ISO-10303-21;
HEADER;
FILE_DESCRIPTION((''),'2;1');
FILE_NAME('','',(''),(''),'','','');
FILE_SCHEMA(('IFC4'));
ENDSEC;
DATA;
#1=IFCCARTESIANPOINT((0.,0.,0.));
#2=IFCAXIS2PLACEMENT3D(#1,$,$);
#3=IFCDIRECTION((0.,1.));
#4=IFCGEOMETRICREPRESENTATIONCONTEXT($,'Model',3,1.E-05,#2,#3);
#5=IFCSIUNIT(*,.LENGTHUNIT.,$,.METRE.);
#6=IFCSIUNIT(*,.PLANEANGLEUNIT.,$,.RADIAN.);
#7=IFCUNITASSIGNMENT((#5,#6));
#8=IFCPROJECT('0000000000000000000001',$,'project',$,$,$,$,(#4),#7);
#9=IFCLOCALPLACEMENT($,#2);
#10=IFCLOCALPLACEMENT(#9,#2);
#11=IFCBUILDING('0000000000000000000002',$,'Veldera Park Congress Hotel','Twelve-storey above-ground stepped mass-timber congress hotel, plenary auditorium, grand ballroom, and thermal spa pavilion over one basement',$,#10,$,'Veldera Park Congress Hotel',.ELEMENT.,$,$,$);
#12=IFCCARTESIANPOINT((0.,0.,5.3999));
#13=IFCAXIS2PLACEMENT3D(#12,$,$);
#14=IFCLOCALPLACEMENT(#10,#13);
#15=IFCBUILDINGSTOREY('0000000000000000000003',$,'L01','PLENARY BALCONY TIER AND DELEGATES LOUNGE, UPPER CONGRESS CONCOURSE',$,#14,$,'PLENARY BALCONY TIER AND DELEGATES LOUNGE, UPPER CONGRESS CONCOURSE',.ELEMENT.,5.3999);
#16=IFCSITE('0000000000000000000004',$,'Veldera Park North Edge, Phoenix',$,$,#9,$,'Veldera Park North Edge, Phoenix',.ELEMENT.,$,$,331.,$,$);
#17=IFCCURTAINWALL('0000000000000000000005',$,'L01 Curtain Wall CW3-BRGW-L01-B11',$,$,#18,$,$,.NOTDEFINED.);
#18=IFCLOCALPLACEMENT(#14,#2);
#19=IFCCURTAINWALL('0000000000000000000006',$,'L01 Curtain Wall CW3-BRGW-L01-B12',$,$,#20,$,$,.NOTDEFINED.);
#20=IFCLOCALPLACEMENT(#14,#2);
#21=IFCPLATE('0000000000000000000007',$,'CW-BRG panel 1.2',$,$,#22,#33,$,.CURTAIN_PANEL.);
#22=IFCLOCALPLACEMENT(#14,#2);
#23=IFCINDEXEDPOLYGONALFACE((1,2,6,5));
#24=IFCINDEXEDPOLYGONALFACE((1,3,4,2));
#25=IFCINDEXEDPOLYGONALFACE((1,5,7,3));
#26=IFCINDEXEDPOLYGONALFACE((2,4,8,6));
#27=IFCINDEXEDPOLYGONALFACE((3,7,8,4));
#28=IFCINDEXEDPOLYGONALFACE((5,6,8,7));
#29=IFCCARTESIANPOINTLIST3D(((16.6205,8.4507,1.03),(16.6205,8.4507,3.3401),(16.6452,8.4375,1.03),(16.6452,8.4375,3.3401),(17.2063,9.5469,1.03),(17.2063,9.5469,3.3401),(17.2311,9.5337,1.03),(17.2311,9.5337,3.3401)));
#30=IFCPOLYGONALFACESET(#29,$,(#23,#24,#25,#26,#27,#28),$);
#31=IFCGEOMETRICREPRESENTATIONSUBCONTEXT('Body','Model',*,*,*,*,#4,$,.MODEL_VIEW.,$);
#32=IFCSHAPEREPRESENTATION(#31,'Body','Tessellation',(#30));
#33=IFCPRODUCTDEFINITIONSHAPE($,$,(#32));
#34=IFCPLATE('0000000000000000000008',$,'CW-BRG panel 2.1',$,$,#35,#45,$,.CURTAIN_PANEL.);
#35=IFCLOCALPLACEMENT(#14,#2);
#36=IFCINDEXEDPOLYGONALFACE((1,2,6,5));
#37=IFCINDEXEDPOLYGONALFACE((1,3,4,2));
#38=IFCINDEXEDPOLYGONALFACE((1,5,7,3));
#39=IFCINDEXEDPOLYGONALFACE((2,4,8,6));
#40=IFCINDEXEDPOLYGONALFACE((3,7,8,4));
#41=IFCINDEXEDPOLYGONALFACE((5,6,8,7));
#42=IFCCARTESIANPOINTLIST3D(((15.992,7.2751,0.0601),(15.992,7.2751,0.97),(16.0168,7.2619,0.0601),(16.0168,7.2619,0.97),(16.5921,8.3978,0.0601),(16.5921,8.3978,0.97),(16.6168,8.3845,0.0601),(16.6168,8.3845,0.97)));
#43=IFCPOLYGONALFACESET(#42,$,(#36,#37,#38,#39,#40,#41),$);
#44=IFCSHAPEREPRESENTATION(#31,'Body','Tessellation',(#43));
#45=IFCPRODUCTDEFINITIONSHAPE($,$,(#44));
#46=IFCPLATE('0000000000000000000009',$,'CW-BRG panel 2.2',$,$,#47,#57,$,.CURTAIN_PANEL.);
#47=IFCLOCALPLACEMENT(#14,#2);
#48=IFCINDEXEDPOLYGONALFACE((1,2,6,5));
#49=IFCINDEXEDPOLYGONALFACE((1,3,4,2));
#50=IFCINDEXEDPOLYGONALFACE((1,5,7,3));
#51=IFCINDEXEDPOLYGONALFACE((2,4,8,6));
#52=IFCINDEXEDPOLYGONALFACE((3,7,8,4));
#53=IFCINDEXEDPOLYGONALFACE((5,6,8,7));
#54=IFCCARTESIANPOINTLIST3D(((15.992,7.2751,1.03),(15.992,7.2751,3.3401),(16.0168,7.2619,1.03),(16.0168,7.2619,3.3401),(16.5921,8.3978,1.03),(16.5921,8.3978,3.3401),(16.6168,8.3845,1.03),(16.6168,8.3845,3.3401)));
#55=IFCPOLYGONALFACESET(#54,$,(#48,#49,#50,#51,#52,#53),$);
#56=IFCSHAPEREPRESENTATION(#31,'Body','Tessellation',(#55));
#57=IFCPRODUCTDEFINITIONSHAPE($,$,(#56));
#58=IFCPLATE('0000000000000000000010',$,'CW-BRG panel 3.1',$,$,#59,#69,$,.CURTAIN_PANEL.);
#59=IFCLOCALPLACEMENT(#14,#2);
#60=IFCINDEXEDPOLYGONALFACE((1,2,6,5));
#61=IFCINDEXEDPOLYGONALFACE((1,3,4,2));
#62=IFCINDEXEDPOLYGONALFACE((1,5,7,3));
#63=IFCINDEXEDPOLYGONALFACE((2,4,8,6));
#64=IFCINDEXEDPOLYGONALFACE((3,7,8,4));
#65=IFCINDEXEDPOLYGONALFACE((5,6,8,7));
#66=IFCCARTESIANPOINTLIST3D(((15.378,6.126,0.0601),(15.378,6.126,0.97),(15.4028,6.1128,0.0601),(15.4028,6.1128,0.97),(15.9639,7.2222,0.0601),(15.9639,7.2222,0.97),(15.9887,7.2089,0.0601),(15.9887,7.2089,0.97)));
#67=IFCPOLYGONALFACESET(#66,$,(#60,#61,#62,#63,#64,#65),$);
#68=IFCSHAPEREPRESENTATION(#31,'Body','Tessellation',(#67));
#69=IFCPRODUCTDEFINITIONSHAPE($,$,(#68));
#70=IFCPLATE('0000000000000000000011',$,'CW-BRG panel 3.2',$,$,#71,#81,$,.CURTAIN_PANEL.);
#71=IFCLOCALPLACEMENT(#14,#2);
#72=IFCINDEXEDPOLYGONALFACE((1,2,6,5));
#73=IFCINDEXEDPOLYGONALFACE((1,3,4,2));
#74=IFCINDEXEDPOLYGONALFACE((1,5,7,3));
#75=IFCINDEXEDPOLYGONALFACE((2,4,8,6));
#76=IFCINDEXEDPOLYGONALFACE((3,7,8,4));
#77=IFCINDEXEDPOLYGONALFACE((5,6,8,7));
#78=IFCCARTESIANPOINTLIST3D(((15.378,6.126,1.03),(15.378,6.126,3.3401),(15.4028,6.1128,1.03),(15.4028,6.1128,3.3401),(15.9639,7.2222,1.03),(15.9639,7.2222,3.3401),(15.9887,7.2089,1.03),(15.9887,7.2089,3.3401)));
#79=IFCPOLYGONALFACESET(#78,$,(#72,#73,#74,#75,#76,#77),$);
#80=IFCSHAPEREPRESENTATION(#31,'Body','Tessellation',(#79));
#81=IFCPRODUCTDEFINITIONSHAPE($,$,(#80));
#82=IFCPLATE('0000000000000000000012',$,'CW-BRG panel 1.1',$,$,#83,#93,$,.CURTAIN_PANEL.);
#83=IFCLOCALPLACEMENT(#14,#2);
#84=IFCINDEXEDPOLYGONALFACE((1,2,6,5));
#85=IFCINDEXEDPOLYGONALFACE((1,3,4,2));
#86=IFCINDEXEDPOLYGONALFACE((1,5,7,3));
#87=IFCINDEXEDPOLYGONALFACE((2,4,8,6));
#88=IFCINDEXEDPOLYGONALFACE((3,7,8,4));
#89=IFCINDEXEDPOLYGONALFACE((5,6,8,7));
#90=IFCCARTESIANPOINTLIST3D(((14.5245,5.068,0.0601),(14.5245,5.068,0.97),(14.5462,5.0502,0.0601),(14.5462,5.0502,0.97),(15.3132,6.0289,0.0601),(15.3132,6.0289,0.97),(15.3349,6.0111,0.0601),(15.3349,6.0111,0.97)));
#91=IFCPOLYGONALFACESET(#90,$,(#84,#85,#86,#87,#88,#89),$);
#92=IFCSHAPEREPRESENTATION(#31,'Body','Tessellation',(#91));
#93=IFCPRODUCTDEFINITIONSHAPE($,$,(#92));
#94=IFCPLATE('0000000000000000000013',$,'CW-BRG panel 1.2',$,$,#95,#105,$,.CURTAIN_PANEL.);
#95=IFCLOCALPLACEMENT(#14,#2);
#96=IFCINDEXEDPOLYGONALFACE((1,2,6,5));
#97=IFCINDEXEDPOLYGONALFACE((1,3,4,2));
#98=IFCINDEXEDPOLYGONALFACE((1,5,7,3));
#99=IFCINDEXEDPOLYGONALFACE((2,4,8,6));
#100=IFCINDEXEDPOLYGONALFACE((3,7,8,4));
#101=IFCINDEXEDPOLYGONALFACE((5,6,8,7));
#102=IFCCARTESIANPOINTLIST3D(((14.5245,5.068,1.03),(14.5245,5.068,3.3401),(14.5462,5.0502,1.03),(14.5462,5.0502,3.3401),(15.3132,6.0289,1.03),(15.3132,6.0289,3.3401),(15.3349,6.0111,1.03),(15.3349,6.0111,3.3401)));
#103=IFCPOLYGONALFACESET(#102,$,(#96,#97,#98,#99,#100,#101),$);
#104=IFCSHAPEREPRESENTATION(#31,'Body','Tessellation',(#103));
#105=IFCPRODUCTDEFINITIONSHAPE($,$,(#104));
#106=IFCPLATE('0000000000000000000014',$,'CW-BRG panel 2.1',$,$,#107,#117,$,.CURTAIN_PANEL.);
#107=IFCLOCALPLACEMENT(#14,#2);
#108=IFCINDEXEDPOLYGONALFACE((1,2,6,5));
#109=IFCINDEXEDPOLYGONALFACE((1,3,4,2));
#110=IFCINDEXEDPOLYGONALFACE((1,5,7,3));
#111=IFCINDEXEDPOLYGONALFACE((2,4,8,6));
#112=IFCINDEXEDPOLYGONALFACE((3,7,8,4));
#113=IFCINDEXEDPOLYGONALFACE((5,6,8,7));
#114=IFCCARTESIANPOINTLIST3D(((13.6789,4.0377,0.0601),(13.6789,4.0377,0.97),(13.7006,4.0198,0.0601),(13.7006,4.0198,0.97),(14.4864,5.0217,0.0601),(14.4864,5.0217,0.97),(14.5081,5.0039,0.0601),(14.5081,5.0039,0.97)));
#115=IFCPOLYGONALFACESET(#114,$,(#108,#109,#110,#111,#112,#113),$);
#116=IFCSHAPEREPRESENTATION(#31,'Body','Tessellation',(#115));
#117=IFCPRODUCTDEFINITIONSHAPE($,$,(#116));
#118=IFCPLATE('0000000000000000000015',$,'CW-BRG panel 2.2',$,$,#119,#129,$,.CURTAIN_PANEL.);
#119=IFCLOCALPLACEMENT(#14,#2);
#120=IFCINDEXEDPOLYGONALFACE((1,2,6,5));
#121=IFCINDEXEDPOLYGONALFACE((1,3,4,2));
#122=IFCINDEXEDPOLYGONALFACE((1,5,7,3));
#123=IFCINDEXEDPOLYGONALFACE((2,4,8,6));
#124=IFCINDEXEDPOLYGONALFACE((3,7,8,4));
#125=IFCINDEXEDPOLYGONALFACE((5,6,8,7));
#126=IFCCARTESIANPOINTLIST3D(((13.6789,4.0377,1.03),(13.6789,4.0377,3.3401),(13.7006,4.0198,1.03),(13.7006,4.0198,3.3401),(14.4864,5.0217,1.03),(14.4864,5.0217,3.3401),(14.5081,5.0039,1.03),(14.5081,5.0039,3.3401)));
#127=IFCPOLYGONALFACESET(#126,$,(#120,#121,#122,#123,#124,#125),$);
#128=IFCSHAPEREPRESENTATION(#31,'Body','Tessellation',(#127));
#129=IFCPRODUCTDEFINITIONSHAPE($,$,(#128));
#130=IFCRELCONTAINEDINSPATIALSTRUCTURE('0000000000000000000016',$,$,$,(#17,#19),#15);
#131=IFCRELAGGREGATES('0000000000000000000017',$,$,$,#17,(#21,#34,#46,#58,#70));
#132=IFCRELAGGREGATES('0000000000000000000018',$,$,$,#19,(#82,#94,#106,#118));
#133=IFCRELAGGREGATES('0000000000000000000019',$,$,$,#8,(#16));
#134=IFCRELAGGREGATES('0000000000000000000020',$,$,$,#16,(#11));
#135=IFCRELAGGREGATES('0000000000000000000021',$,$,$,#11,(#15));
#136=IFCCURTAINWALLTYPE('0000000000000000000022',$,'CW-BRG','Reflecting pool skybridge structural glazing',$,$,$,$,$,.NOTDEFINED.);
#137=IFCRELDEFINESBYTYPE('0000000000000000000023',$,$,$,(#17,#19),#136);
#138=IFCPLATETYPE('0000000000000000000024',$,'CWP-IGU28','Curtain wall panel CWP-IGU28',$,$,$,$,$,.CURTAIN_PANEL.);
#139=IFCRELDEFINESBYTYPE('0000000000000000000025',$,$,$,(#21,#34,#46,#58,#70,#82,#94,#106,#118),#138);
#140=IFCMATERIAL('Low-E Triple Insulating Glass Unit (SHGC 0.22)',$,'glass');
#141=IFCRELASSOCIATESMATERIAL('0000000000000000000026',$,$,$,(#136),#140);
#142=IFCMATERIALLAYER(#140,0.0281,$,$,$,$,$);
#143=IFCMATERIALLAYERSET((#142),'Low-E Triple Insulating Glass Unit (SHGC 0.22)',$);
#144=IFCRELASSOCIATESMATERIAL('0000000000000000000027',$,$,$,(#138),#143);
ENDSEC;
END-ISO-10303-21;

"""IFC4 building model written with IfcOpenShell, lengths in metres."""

from ifc_helpers import new_model, si_unit, direction, frame, origin, origin_2d, place, context, subcontext, project, spatial, rectangle, extrude, material, layer, layer_set, type_object, element, aggregate, save


model = new_model("IFC4")

# Units and contexts
model_context = context("Model", 3, precision=1e-05, world=origin(), true_north=direction((0.0, 1.0)))
body_context = subcontext(model_context, "Body", "Model", "MODEL_VIEW")
ifc_project = project(units=[si_unit("LENGTHUNIT", "METRE"), si_unit("PLANEANGLEUNIT", "RADIAN")], contexts=[model_context])

# Site, building, storey
site_placement = place(None, origin())
site = spatial("IfcSite", under=ifc_project, at=site_placement, Name="Veldera Park North Edge, Phoenix", LongName="Veldera Park North Edge, Phoenix", CompositionType="ELEMENT", RefElevation=331.0)
building_placement = place(site_placement, origin())
building = spatial("IfcBuilding", under=site, at=building_placement, Name="Veldera Park Congress Hotel", Description="Twelve-storey above-ground stepped mass-timber congress hotel, plenary auditorium, grand ballroom, and thermal spa pavilion over one basement", LongName="Veldera Park Congress Hotel", CompositionType="ELEMENT")
storey_placement = place(building_placement, frame((0.0, 0.0, 5.3999)))
storey = spatial("IfcBuildingStorey", under=building, at=storey_placement, Name="L01", Description="PLENARY BALCONY TIER AND DELEGATES LOUNGE, UPPER CONGRESS CONCOURSE", LongName="PLENARY BALCONY TIER AND DELEGATES LOUNGE, UPPER CONGRESS CONCOURSE", CompositionType="ELEMENT", Elevation=5.3999)

# Shared definitions
ifc_material_1 = material(Name="Low-E Triple Insulating Glass Unit (SHGC 0.22)", Category="glass")
curtain_wall_type = type_object("IfcCurtainWallType", Name="CW-BRG", Description="Reflecting pool skybridge structural glazing", PredefinedType="NOTDEFINED", material=ifc_material_1)

# Curtain walls
curtain_wall_1_placement = place(storey_placement, origin())
curtain_wall_1 = element("IfcCurtainWall", 1, at=curtain_wall_1_placement, inside=storey, type_object=curtain_wall_type, Name="L01 Curtain Wall CW3-BRGW-L01-B11", PredefinedType="NOTDEFINED")
curtain_wall_2_placement = place(storey_placement, origin())
curtain_wall_2 = element("IfcCurtainWall", 2, at=curtain_wall_2_placement, inside=storey, type_object=curtain_wall_type, Name="L01 Curtain Wall CW3-BRGW-L01-B12", PredefinedType="NOTDEFINED")

# Plates
ifc_layer = layer(ifc_material_1, 0.0281)
ifc_layer_set = layer_set([ifc_layer], Name="Low-E Triple Insulating Glass Unit (SHGC 0.22)")
plate_type = type_object("IfcPlateType", Name="CWP-IGU28", Description="Curtain wall panel CWP-IGU28", PredefinedType="CURTAIN_PANEL", material=ifc_layer_set)
plate_1_placement = place(storey_placement, frame((16.9258, 8.9922, 1.03), z_axis=(0.0, 0.0, 1.0), x_axis=(-0.471384, -0.881928, 0.0)))
plate_1 = element("IfcPlate", 3, at=plate_1_placement, type_object=plate_type, Name="CW-BRG panel 1.2", PredefinedType="CURTAIN_PANEL", context=body_context, shape_type="SweptSolid", body=[
    extrude(rectangle(XDim=1.2429, YDim=0.0281, at=origin_2d()), origin(), (0.0, 0.0, 1.0), 2.3101),
])
plate_2_placement = place(storey_placement, frame((16.3044, 7.8298, 0.0601), z_axis=(0.0, 0.0, 1.0), x_axis=(-0.471384, -0.881928, 0.0)))
plate_2 = element("IfcPlate", 4, at=plate_2_placement, type_object=plate_type, Name="CW-BRG panel 2.1", PredefinedType="CURTAIN_PANEL", context=body_context, shape_type="SweptSolid", body=[
    extrude(rectangle(XDim=1.2729, YDim=0.0281, at=origin_2d()), origin(), (0.0, 0.0, 1.0), 0.9099),
])
plate_3_placement = place(storey_placement, frame((16.3044, 7.8298, 1.03), z_axis=(0.0, 0.0, 1.0), x_axis=(-0.471384, -0.881928, 0.0)))
plate_3 = element("IfcPlate", 5, at=plate_3_placement, type_object=plate_type, Name="CW-BRG panel 2.2", PredefinedType="CURTAIN_PANEL", context=body_context, shape_type="SweptSolid", body=[
    extrude(rectangle(XDim=1.2729, YDim=0.0281, at=origin_2d()), origin(), (0.0, 0.0, 1.0), 2.3101),
])
plate_4_placement = place(storey_placement, frame((15.6833, 6.6675, 0.0601), z_axis=(0.0, 0.0, 1.0), x_axis=(-0.471384, -0.881928, 0.0)))
plate_4 = element("IfcPlate", 6, at=plate_4_placement, type_object=plate_type, Name="CW-BRG panel 3.1", PredefinedType="CURTAIN_PANEL", context=body_context, shape_type="SweptSolid", body=[
    extrude(rectangle(XDim=1.2429, YDim=0.0281, at=origin_2d()), origin(), (0.0, 0.0, 1.0), 0.9099),
])
plate_5_placement = place(storey_placement, frame((15.6833, 6.6675, 1.03), z_axis=(0.0, 0.0, 1.0), x_axis=(-0.471384, -0.881928, 0.0)))
plate_5 = element("IfcPlate", 7, at=plate_5_placement, type_object=plate_type, Name="CW-BRG panel 3.2", PredefinedType="CURTAIN_PANEL", context=body_context, shape_type="SweptSolid", body=[
    extrude(rectangle(XDim=1.2429, YDim=0.0281, at=origin_2d()), origin(), (0.0, 0.0, 1.0), 2.3101),
])
aggregate(curtain_wall_1, [plate_1, plate_2, plate_3, plate_4, plate_5])
plate_6_placement = place(storey_placement, frame((14.9297, 5.5396, 0.0601), z_axis=(0.0, 0.0, 1.0), x_axis=(-0.634386, -0.773016, 0.0)))
plate_6 = element("IfcPlate", 8, at=plate_6_placement, type_object=plate_type, Name="CW-BRG panel 1.1", PredefinedType="CURTAIN_PANEL", context=body_context, shape_type="SweptSolid", body=[
    extrude(rectangle(XDim=1.2432, YDim=0.0281, at=origin_2d()), origin(), (0.0, 0.0, 1.0), 0.9099),
])
plate_7_placement = place(storey_placement, frame((14.9297, 5.5396, 1.03), z_axis=(0.0, 0.0, 1.0), x_axis=(-0.634386, -0.773016, 0.0)))
plate_7 = element("IfcPlate", 9, at=plate_7_placement, type_object=plate_type, Name="CW-BRG panel 1.2", PredefinedType="CURTAIN_PANEL", context=body_context, shape_type="SweptSolid", body=[
    extrude(rectangle(XDim=1.2432, YDim=0.0281, at=origin_2d()), origin(), (0.0, 0.0, 1.0), 2.3101),
])
plate_8_placement = place(storey_placement, frame((14.0935, 4.5208, 0.0601), z_axis=(0.0, 0.0, 1.0), x_axis=(-0.634386, -0.773016, 0.0)))
plate_8 = element("IfcPlate", 10, at=plate_8_placement, type_object=plate_type, Name="CW-BRG panel 2.1", PredefinedType="CURTAIN_PANEL", context=body_context, shape_type="SweptSolid", body=[
    extrude(rectangle(XDim=1.2729, YDim=0.0281, at=origin_2d()), origin(), (0.0, 0.0, 1.0), 0.9099),
])
plate_9_placement = place(storey_placement, frame((14.0935, 4.5208, 1.03), z_axis=(0.0, 0.0, 1.0), x_axis=(-0.634386, -0.773016, 0.0)))
plate_9 = element("IfcPlate", 11, at=plate_9_placement, type_object=plate_type, Name="CW-BRG panel 2.2", PredefinedType="CURTAIN_PANEL", context=body_context, shape_type="SweptSolid", body=[
    extrude(rectangle(XDim=1.2729, YDim=0.0281, at=origin_2d()), origin(), (0.0, 0.0, 1.0), 2.3101),
])
aggregate(curtain_wall_2, [plate_6, plate_7, plate_8, plate_9])

save(model, "model.ifc")
